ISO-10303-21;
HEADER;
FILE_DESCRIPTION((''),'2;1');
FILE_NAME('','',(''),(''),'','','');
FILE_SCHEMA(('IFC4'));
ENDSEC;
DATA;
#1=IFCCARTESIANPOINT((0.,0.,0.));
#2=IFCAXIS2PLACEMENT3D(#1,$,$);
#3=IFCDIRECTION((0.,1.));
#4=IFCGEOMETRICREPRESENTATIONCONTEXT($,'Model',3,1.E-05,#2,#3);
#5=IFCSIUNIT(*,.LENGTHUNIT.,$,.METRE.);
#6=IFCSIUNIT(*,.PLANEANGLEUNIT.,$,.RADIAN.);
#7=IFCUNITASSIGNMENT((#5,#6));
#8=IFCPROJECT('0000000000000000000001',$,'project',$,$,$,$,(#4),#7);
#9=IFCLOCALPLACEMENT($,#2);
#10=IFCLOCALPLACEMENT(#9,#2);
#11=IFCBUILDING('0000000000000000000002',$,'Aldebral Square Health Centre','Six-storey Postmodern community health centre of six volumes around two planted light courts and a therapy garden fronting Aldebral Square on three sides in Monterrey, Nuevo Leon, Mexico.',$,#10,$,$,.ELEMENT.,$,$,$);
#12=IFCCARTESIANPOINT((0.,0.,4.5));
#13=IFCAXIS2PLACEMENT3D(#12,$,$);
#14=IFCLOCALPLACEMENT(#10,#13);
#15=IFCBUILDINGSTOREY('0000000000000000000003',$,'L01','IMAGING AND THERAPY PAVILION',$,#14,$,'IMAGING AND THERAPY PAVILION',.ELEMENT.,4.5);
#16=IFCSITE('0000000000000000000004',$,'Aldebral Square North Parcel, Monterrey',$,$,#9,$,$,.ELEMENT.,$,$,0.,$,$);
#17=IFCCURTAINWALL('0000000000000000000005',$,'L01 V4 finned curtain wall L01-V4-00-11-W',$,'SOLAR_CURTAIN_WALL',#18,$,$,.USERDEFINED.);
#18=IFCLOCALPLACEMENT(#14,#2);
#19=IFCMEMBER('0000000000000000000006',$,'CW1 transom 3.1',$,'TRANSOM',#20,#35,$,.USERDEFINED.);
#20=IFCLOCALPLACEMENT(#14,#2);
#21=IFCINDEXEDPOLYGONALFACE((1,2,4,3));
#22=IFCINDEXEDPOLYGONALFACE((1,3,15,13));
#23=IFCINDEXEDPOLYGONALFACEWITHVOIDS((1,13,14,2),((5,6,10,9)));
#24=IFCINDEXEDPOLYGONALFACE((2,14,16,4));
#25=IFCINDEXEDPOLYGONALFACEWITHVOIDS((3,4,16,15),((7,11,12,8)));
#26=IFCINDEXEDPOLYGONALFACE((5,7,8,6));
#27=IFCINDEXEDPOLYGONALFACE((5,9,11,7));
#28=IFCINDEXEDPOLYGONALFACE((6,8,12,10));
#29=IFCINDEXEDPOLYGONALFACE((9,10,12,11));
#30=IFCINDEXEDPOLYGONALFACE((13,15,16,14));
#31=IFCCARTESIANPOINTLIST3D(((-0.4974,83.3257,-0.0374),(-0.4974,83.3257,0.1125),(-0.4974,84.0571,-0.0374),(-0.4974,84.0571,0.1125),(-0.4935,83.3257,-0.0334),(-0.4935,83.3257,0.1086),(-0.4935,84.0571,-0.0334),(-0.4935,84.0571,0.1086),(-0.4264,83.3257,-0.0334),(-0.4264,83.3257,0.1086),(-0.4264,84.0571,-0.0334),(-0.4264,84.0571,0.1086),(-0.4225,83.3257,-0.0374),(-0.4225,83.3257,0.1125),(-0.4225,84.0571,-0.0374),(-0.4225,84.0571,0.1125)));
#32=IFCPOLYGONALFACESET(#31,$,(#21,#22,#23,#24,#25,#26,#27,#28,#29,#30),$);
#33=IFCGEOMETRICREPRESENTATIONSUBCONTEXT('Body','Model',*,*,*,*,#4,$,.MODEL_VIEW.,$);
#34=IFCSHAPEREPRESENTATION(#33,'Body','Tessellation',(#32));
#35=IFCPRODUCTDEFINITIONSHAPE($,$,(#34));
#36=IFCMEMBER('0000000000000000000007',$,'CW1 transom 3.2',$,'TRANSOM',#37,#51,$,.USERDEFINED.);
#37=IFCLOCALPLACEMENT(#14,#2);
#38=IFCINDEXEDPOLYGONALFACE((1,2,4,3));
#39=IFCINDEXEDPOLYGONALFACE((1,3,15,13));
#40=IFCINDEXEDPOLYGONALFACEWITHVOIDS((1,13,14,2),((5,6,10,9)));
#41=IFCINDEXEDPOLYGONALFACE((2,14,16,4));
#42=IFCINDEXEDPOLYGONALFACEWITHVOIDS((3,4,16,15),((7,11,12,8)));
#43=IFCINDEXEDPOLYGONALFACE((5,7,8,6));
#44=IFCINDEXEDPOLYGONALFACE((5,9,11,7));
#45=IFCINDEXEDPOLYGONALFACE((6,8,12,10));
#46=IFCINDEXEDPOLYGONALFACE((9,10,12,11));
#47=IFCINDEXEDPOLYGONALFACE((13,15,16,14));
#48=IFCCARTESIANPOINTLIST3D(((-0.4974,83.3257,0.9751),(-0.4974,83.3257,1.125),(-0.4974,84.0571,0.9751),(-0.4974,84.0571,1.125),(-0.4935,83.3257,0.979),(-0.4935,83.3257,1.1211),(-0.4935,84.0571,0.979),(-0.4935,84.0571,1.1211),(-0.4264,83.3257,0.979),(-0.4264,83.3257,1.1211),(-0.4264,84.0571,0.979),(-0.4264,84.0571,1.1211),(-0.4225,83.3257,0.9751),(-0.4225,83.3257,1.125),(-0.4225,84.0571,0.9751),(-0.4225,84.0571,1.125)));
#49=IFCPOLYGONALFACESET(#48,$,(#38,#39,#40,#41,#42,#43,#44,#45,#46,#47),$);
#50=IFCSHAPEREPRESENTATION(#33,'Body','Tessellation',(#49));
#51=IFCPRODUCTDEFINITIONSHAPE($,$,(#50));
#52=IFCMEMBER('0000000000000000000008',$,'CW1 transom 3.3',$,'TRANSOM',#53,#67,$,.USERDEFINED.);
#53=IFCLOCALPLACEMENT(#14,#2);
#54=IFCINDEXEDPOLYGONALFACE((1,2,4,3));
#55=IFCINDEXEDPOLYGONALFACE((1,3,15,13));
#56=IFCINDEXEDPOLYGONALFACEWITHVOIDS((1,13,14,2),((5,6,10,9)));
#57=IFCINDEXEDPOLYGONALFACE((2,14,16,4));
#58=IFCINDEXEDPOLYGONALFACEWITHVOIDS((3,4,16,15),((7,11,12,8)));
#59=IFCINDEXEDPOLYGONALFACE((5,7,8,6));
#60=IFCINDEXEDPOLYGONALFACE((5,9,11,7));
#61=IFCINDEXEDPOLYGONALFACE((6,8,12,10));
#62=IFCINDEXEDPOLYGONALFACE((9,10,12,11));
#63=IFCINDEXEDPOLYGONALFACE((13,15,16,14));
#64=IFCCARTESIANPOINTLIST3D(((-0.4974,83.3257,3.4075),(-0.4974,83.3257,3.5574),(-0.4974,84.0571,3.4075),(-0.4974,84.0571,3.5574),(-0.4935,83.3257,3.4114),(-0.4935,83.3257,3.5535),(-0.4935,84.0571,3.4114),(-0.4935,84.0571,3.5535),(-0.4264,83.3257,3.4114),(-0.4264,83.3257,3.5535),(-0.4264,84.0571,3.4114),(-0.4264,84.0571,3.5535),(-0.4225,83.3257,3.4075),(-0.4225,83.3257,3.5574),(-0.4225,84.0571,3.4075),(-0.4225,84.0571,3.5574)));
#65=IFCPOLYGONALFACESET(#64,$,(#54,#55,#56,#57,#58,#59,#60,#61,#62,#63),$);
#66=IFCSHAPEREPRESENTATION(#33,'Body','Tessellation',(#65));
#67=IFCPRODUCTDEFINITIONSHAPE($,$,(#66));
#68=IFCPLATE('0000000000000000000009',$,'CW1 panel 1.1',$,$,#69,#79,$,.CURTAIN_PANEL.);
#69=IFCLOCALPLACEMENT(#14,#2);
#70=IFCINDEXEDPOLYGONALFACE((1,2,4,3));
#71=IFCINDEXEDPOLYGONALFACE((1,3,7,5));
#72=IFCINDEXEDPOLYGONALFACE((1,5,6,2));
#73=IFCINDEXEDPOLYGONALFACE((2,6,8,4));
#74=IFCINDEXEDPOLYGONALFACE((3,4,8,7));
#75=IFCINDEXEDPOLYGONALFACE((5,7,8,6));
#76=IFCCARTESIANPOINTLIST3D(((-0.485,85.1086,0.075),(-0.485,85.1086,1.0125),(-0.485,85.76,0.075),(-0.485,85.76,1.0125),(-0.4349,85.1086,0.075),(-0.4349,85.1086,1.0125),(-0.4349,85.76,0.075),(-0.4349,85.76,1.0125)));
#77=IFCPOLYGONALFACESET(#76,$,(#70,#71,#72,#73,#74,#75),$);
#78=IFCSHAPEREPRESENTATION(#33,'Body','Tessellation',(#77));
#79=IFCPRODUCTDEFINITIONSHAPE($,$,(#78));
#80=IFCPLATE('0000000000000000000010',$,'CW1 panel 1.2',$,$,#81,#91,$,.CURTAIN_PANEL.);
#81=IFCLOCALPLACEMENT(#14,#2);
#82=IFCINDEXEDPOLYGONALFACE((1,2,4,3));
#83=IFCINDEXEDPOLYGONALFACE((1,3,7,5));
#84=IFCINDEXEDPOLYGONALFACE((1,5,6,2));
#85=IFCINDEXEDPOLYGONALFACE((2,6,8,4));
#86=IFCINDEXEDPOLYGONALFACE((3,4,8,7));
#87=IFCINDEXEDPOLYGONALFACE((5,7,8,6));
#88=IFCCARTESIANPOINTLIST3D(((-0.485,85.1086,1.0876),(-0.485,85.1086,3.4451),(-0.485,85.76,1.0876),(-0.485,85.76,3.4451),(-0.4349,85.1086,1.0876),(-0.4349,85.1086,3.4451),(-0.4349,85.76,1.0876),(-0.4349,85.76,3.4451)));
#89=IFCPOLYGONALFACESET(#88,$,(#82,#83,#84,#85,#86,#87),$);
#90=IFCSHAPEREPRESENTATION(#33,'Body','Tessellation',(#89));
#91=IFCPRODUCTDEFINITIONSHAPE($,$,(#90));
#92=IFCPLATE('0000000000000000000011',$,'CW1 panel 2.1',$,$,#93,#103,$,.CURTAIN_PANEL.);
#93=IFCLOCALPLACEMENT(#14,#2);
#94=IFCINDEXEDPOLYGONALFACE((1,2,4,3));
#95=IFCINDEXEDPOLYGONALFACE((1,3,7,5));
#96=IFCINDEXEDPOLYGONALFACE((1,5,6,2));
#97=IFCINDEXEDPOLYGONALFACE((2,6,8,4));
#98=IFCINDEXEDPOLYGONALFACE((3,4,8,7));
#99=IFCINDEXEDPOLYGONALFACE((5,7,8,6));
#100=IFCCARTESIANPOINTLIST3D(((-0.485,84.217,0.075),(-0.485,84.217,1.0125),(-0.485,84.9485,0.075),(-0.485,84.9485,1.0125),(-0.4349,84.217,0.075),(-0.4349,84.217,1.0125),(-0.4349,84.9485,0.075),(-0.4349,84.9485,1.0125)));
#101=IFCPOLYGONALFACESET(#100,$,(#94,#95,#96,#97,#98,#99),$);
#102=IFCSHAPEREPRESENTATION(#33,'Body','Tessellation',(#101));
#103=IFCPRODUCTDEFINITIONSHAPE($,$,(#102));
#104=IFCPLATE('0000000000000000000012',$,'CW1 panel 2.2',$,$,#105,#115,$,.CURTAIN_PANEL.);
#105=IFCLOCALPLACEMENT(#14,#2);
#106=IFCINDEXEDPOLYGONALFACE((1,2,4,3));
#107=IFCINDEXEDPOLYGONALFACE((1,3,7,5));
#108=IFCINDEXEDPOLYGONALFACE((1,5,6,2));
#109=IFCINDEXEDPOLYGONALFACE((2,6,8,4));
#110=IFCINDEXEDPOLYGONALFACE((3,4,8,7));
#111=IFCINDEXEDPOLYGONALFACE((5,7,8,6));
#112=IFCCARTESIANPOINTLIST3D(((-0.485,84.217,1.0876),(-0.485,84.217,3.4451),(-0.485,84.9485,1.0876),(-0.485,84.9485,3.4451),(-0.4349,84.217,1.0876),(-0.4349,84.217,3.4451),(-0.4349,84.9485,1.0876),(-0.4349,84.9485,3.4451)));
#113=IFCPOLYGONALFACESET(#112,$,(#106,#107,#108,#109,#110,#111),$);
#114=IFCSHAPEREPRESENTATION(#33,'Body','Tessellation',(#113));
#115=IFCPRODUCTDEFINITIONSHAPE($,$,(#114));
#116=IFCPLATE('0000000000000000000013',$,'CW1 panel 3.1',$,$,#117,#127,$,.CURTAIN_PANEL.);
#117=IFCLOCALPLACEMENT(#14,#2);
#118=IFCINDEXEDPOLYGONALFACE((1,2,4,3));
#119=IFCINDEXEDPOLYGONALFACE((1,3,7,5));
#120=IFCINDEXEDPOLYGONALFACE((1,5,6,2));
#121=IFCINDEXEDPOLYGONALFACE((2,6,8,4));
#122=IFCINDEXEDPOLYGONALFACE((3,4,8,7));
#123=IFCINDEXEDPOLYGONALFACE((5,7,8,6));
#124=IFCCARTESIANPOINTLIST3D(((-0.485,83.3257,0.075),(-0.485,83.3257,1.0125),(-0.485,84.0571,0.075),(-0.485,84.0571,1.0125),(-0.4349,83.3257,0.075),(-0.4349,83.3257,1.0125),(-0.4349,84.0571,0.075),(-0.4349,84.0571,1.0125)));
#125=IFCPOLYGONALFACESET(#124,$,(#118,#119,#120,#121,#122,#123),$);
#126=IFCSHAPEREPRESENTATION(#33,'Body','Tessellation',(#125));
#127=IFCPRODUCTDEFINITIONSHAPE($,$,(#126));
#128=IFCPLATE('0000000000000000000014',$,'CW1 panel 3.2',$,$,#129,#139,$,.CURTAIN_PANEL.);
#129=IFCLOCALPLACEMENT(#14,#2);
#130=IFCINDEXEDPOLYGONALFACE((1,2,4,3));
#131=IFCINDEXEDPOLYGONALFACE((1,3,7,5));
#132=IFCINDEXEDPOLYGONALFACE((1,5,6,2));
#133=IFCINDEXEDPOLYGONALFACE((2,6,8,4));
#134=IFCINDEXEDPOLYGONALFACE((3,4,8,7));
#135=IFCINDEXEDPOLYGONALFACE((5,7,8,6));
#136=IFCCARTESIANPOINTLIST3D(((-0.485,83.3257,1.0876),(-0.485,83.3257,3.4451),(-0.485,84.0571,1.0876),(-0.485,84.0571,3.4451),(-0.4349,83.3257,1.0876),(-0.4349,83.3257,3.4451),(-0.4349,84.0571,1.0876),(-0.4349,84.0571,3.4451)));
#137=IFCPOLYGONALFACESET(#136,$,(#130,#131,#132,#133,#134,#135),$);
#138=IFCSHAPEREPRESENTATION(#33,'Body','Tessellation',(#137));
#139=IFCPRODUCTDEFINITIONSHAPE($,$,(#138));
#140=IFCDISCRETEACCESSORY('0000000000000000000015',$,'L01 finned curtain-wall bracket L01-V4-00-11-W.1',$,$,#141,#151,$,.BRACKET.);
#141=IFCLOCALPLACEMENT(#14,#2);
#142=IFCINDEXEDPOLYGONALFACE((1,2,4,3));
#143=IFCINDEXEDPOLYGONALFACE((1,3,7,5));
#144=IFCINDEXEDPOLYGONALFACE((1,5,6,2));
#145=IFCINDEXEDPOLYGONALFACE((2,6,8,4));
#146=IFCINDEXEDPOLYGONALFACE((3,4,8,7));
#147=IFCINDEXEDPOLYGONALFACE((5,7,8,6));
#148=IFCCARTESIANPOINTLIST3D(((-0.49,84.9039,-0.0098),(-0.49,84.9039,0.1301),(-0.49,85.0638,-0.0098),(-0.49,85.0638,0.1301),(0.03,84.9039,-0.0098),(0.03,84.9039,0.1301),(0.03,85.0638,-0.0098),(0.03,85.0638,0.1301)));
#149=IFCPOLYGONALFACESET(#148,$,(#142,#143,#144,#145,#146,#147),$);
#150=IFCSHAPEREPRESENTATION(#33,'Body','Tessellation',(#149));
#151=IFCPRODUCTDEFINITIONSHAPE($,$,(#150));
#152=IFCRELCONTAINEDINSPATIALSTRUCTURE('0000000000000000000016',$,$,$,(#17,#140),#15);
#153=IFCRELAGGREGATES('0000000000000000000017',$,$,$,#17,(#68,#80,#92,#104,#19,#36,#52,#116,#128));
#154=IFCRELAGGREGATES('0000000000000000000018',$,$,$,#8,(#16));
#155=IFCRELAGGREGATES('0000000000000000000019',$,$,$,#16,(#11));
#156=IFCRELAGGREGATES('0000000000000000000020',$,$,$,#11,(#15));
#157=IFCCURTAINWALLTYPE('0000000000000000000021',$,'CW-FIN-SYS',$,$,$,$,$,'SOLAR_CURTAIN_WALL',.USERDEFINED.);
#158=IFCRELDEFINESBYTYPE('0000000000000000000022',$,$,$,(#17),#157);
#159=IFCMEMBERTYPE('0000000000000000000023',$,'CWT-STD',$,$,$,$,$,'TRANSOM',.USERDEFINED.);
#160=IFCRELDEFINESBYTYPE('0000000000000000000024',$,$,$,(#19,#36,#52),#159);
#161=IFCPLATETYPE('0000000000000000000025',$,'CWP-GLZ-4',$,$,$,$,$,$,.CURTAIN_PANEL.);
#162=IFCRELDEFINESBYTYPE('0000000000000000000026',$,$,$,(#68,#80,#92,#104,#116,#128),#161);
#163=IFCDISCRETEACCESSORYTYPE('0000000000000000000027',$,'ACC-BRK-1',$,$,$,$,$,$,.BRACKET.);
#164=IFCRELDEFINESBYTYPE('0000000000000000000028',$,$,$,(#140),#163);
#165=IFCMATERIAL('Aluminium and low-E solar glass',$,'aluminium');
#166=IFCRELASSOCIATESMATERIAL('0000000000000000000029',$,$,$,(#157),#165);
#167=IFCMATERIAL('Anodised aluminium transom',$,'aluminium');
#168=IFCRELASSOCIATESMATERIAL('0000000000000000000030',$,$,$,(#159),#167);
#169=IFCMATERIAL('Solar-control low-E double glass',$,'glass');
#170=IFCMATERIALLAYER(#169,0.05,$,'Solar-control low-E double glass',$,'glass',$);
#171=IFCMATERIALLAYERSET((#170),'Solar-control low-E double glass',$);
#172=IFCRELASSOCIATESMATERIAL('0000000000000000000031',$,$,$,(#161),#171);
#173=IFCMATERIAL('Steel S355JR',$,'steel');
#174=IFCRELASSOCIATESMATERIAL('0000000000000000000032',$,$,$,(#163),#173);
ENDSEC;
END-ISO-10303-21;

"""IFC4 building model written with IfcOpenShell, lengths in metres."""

from ifc_helpers import new_model, si_unit, direction, frame, origin, origin_2d, place, context, subcontext, project, spatial, rectangle, hollow_rectangle, extrude, material, layer, layer_set, material_profile, profile_set, type_object, element, aggregate, save


model = new_model("IFC4")

# Units and contexts
model_context = context("Model", 3, precision=1e-05, world=origin(), true_north=direction((0.0, 1.0)))
body_context = subcontext(model_context, "Body", "Model", "MODEL_VIEW")
ifc_project = project(units=[si_unit("LENGTHUNIT", "METRE"), si_unit("PLANEANGLEUNIT", "RADIAN")], contexts=[model_context])

# Site, building, storey
site_placement = place(None, origin())
site = spatial("IfcSite", under=ifc_project, at=site_placement, Name="Aldebral Square North Parcel, Monterrey", CompositionType="ELEMENT", RefElevation=0.0)
building_placement = place(site_placement, origin())
building = spatial("IfcBuilding", under=site, at=building_placement, Name="Aldebral Square Health Centre", Description="Six-storey Postmodern community health centre of six volumes around two planted light courts and a therapy garden fronting Aldebral Square on three sides in Monterrey, Nuevo Leon, Mexico.", CompositionType="ELEMENT")
storey_placement = place(building_placement, frame((0.0, 0.0, 4.5)))
storey = spatial("IfcBuildingStorey", under=building, at=storey_placement, Name="L01", Description="IMAGING AND THERAPY PAVILION", LongName="IMAGING AND THERAPY PAVILION", CompositionType="ELEMENT", Elevation=4.5)

# Curtain wall, members, plates
ifc_material_1 = material(Name="Aluminium and low-E solar glass", Category="aluminium")
curtain_wall_type = type_object("IfcCurtainWallType", Name="CW-FIN-SYS", ElementType="SOLAR_CURTAIN_WALL", PredefinedType="USERDEFINED", material=ifc_material_1)
curtain_wall_placement = place(storey_placement, origin())
curtain_wall = element("IfcCurtainWall", 1, at=curtain_wall_placement, inside=storey, type_object=curtain_wall_type, Name="L01 V4 finned curtain wall L01-V4-00-11-W", ObjectType="SOLAR_CURTAIN_WALL", PredefinedType="USERDEFINED")
ifc_material_2 = material(Name="Anodised aluminium transom", Category="aluminium")
ifc_material_profile_1 = material_profile(ifc_material_2, hollow_rectangle(XDim=0.075, YDim=0.1499, WallThickness=0.0039, at=origin_2d()), Name="CWT 75x150x4")
ifc_profile_set_1 = profile_set([ifc_material_profile_1], Name="Anodised aluminium transom")
member_type_1 = type_object("IfcMemberType", Name="CWT-STD", ElementType="TRANSOM", PredefinedType="USERDEFINED", material=ifc_profile_set_1)
member_1_placement = place(storey_placement, frame((-0.46, 84.0571, 0.0376), z_axis=(0.0, -1.0, 0.0), x_axis=(1.0, 0.0, 0.0)))
member_1 = element("IfcMember", 2, at=member_1_placement, type_object=member_type_1, Name="CW1 transom 3.1", ObjectType="TRANSOM", PredefinedType="USERDEFINED", context=body_context, shape_type="SweptSolid", body=[
    extrude(hollow_rectangle(XDim=0.075, YDim=0.1499, WallThickness=0.0039, at=origin_2d()), origin(), (0.0, 0.0, 1.0), 0.7314),
])
member_2_placement = place(storey_placement, frame((-0.46, 84.0571, 1.05), z_axis=(0.0, -1.0, 0.0), x_axis=(1.0, 0.0, 0.0)))
member_2 = element("IfcMember", 3, at=member_2_placement, type_object=member_type_1, Name="CW1 transom 3.2", ObjectType="TRANSOM", PredefinedType="USERDEFINED", context=body_context, shape_type="SweptSolid", body=[
    extrude(hollow_rectangle(XDim=0.075, YDim=0.1499, WallThickness=0.0039, at=origin_2d()), origin(), (0.0, 0.0, 1.0), 0.7314),
])
member_3_placement = place(storey_placement, frame((-0.46, 84.0571, 3.4824), z_axis=(0.0, -1.0, 0.0), x_axis=(1.0, 0.0, 0.0)))
member_3 = element("IfcMember", 4, at=member_3_placement, type_object=member_type_1, Name="CW1 transom 3.3", ObjectType="TRANSOM", PredefinedType="USERDEFINED", context=body_context, shape_type="SweptSolid", body=[
    extrude(hollow_rectangle(XDim=0.075, YDim=0.1499, WallThickness=0.0039, at=origin_2d()), origin(), (0.0, 0.0, 1.0), 0.7314),
])
ifc_material_3 = material(Name="Solar-control low-E double glass", Category="glass")
ifc_layer = layer(ifc_material_3, 0.05, Name="Solar-control low-E double glass", Category="glass")
ifc_layer_set = layer_set([ifc_layer], Name="Solar-control low-E double glass")
plate_type = type_object("IfcPlateType", Name="CWP-GLZ-4", PredefinedType="CURTAIN_PANEL", material=ifc_layer_set)
plate_1_placement = place(storey_placement, frame((-0.46, 85.4343, 0.075), z_axis=(0.0, 0.0, 1.0), x_axis=(0.0, -1.0, 0.0)))
plate_1 = element("IfcPlate", 5, at=plate_1_placement, type_object=plate_type, Name="CW1 panel 1.1", PredefinedType="CURTAIN_PANEL", context=body_context, shape_type="SweptSolid", body=[
    extrude(rectangle(XDim=0.6514, YDim=0.05, at=origin_2d()), origin(), (0.0, 0.0, 1.0), 0.9375),
])
plate_2_placement = place(storey_placement, frame((-0.46, 85.4343, 1.0876), z_axis=(0.0, 0.0, 1.0), x_axis=(0.0, -1.0, 0.0)))
plate_2 = element("IfcPlate", 6, at=plate_2_placement, type_object=plate_type, Name="CW1 panel 1.2", PredefinedType="CURTAIN_PANEL", context=body_context, shape_type="SweptSolid", body=[
    extrude(rectangle(XDim=0.6514, YDim=0.05, at=origin_2d()), origin(), (0.0, 0.0, 1.0), 2.3574),
])
plate_3_placement = place(storey_placement, frame((-0.46, 84.5828, 0.075), z_axis=(0.0, 0.0, 1.0), x_axis=(0.0, -1.0, 0.0)))
plate_3 = element("IfcPlate", 7, at=plate_3_placement, type_object=plate_type, Name="CW1 panel 2.1", PredefinedType="CURTAIN_PANEL", context=body_context, shape_type="SweptSolid", body=[
    extrude(rectangle(XDim=0.7314, YDim=0.05, at=origin_2d()), origin(), (0.0, 0.0, 1.0), 0.9375),
])
plate_4_placement = place(storey_placement, frame((-0.46, 84.5828, 1.0876), z_axis=(0.0, 0.0, 1.0), x_axis=(0.0, -1.0, 0.0)))
plate_4 = element("IfcPlate", 8, at=plate_4_placement, type_object=plate_type, Name="CW1 panel 2.2", PredefinedType="CURTAIN_PANEL", context=body_context, shape_type="SweptSolid", body=[
    extrude(rectangle(XDim=0.7314, YDim=0.05, at=origin_2d()), origin(), (0.0, 0.0, 1.0), 2.3574),
])
plate_5_placement = place(storey_placement, frame((-0.46, 83.6914, 0.075), z_axis=(0.0, 0.0, 1.0), x_axis=(0.0, -1.0, 0.0)))
plate_5 = element("IfcPlate", 9, at=plate_5_placement, type_object=plate_type, Name="CW1 panel 3.1", PredefinedType="CURTAIN_PANEL", context=body_context, shape_type="SweptSolid", body=[
    extrude(rectangle(XDim=0.7314, YDim=0.05, at=origin_2d()), origin(), (0.0, 0.0, 1.0), 0.9375),
])
plate_6_placement = place(storey_placement, frame((-0.46, 83.6914, 1.0876), z_axis=(0.0, 0.0, 1.0), x_axis=(0.0, -1.0, 0.0)))
plate_6 = element("IfcPlate", 10, at=plate_6_placement, type_object=plate_type, Name="CW1 panel 3.2", PredefinedType="CURTAIN_PANEL", context=body_context, shape_type="SweptSolid", body=[
    extrude(rectangle(XDim=0.7314, YDim=0.05, at=origin_2d()), origin(), (0.0, 0.0, 1.0), 2.3574),
])
aggregate(curtain_wall, [plate_1, plate_2, plate_3, plate_4, member_1, member_2, member_3, plate_5, plate_6])

# Discrete accessory
ifc_material_4 = material(Name="Steel S355JR", Category="steel")
discrete_accessory_type = type_object("IfcDiscreteAccessoryType", Name="ACC-BRK-1", PredefinedType="BRACKET", material=ifc_material_4)
discrete_accessory_placement = place(storey_placement, frame((-0.23, 84.9839, -0.0098), z_axis=(0.0, 0.0, 1.0), x_axis=(0.0, 1.0, 0.0)))
element("IfcDiscreteAccessory", 11, at=discrete_accessory_placement, inside=storey, type_object=discrete_accessory_type, Name="L01 finned curtain-wall bracket L01-V4-00-11-W.1", PredefinedType="BRACKET", context=body_context, shape_type="SweptSolid", body=[
    extrude(rectangle(XDim=0.1599, YDim=0.52, at=origin_2d()), origin(), (0.0, 0.0, 1.0), 0.1399),
])

save(model, "model.ifc")
